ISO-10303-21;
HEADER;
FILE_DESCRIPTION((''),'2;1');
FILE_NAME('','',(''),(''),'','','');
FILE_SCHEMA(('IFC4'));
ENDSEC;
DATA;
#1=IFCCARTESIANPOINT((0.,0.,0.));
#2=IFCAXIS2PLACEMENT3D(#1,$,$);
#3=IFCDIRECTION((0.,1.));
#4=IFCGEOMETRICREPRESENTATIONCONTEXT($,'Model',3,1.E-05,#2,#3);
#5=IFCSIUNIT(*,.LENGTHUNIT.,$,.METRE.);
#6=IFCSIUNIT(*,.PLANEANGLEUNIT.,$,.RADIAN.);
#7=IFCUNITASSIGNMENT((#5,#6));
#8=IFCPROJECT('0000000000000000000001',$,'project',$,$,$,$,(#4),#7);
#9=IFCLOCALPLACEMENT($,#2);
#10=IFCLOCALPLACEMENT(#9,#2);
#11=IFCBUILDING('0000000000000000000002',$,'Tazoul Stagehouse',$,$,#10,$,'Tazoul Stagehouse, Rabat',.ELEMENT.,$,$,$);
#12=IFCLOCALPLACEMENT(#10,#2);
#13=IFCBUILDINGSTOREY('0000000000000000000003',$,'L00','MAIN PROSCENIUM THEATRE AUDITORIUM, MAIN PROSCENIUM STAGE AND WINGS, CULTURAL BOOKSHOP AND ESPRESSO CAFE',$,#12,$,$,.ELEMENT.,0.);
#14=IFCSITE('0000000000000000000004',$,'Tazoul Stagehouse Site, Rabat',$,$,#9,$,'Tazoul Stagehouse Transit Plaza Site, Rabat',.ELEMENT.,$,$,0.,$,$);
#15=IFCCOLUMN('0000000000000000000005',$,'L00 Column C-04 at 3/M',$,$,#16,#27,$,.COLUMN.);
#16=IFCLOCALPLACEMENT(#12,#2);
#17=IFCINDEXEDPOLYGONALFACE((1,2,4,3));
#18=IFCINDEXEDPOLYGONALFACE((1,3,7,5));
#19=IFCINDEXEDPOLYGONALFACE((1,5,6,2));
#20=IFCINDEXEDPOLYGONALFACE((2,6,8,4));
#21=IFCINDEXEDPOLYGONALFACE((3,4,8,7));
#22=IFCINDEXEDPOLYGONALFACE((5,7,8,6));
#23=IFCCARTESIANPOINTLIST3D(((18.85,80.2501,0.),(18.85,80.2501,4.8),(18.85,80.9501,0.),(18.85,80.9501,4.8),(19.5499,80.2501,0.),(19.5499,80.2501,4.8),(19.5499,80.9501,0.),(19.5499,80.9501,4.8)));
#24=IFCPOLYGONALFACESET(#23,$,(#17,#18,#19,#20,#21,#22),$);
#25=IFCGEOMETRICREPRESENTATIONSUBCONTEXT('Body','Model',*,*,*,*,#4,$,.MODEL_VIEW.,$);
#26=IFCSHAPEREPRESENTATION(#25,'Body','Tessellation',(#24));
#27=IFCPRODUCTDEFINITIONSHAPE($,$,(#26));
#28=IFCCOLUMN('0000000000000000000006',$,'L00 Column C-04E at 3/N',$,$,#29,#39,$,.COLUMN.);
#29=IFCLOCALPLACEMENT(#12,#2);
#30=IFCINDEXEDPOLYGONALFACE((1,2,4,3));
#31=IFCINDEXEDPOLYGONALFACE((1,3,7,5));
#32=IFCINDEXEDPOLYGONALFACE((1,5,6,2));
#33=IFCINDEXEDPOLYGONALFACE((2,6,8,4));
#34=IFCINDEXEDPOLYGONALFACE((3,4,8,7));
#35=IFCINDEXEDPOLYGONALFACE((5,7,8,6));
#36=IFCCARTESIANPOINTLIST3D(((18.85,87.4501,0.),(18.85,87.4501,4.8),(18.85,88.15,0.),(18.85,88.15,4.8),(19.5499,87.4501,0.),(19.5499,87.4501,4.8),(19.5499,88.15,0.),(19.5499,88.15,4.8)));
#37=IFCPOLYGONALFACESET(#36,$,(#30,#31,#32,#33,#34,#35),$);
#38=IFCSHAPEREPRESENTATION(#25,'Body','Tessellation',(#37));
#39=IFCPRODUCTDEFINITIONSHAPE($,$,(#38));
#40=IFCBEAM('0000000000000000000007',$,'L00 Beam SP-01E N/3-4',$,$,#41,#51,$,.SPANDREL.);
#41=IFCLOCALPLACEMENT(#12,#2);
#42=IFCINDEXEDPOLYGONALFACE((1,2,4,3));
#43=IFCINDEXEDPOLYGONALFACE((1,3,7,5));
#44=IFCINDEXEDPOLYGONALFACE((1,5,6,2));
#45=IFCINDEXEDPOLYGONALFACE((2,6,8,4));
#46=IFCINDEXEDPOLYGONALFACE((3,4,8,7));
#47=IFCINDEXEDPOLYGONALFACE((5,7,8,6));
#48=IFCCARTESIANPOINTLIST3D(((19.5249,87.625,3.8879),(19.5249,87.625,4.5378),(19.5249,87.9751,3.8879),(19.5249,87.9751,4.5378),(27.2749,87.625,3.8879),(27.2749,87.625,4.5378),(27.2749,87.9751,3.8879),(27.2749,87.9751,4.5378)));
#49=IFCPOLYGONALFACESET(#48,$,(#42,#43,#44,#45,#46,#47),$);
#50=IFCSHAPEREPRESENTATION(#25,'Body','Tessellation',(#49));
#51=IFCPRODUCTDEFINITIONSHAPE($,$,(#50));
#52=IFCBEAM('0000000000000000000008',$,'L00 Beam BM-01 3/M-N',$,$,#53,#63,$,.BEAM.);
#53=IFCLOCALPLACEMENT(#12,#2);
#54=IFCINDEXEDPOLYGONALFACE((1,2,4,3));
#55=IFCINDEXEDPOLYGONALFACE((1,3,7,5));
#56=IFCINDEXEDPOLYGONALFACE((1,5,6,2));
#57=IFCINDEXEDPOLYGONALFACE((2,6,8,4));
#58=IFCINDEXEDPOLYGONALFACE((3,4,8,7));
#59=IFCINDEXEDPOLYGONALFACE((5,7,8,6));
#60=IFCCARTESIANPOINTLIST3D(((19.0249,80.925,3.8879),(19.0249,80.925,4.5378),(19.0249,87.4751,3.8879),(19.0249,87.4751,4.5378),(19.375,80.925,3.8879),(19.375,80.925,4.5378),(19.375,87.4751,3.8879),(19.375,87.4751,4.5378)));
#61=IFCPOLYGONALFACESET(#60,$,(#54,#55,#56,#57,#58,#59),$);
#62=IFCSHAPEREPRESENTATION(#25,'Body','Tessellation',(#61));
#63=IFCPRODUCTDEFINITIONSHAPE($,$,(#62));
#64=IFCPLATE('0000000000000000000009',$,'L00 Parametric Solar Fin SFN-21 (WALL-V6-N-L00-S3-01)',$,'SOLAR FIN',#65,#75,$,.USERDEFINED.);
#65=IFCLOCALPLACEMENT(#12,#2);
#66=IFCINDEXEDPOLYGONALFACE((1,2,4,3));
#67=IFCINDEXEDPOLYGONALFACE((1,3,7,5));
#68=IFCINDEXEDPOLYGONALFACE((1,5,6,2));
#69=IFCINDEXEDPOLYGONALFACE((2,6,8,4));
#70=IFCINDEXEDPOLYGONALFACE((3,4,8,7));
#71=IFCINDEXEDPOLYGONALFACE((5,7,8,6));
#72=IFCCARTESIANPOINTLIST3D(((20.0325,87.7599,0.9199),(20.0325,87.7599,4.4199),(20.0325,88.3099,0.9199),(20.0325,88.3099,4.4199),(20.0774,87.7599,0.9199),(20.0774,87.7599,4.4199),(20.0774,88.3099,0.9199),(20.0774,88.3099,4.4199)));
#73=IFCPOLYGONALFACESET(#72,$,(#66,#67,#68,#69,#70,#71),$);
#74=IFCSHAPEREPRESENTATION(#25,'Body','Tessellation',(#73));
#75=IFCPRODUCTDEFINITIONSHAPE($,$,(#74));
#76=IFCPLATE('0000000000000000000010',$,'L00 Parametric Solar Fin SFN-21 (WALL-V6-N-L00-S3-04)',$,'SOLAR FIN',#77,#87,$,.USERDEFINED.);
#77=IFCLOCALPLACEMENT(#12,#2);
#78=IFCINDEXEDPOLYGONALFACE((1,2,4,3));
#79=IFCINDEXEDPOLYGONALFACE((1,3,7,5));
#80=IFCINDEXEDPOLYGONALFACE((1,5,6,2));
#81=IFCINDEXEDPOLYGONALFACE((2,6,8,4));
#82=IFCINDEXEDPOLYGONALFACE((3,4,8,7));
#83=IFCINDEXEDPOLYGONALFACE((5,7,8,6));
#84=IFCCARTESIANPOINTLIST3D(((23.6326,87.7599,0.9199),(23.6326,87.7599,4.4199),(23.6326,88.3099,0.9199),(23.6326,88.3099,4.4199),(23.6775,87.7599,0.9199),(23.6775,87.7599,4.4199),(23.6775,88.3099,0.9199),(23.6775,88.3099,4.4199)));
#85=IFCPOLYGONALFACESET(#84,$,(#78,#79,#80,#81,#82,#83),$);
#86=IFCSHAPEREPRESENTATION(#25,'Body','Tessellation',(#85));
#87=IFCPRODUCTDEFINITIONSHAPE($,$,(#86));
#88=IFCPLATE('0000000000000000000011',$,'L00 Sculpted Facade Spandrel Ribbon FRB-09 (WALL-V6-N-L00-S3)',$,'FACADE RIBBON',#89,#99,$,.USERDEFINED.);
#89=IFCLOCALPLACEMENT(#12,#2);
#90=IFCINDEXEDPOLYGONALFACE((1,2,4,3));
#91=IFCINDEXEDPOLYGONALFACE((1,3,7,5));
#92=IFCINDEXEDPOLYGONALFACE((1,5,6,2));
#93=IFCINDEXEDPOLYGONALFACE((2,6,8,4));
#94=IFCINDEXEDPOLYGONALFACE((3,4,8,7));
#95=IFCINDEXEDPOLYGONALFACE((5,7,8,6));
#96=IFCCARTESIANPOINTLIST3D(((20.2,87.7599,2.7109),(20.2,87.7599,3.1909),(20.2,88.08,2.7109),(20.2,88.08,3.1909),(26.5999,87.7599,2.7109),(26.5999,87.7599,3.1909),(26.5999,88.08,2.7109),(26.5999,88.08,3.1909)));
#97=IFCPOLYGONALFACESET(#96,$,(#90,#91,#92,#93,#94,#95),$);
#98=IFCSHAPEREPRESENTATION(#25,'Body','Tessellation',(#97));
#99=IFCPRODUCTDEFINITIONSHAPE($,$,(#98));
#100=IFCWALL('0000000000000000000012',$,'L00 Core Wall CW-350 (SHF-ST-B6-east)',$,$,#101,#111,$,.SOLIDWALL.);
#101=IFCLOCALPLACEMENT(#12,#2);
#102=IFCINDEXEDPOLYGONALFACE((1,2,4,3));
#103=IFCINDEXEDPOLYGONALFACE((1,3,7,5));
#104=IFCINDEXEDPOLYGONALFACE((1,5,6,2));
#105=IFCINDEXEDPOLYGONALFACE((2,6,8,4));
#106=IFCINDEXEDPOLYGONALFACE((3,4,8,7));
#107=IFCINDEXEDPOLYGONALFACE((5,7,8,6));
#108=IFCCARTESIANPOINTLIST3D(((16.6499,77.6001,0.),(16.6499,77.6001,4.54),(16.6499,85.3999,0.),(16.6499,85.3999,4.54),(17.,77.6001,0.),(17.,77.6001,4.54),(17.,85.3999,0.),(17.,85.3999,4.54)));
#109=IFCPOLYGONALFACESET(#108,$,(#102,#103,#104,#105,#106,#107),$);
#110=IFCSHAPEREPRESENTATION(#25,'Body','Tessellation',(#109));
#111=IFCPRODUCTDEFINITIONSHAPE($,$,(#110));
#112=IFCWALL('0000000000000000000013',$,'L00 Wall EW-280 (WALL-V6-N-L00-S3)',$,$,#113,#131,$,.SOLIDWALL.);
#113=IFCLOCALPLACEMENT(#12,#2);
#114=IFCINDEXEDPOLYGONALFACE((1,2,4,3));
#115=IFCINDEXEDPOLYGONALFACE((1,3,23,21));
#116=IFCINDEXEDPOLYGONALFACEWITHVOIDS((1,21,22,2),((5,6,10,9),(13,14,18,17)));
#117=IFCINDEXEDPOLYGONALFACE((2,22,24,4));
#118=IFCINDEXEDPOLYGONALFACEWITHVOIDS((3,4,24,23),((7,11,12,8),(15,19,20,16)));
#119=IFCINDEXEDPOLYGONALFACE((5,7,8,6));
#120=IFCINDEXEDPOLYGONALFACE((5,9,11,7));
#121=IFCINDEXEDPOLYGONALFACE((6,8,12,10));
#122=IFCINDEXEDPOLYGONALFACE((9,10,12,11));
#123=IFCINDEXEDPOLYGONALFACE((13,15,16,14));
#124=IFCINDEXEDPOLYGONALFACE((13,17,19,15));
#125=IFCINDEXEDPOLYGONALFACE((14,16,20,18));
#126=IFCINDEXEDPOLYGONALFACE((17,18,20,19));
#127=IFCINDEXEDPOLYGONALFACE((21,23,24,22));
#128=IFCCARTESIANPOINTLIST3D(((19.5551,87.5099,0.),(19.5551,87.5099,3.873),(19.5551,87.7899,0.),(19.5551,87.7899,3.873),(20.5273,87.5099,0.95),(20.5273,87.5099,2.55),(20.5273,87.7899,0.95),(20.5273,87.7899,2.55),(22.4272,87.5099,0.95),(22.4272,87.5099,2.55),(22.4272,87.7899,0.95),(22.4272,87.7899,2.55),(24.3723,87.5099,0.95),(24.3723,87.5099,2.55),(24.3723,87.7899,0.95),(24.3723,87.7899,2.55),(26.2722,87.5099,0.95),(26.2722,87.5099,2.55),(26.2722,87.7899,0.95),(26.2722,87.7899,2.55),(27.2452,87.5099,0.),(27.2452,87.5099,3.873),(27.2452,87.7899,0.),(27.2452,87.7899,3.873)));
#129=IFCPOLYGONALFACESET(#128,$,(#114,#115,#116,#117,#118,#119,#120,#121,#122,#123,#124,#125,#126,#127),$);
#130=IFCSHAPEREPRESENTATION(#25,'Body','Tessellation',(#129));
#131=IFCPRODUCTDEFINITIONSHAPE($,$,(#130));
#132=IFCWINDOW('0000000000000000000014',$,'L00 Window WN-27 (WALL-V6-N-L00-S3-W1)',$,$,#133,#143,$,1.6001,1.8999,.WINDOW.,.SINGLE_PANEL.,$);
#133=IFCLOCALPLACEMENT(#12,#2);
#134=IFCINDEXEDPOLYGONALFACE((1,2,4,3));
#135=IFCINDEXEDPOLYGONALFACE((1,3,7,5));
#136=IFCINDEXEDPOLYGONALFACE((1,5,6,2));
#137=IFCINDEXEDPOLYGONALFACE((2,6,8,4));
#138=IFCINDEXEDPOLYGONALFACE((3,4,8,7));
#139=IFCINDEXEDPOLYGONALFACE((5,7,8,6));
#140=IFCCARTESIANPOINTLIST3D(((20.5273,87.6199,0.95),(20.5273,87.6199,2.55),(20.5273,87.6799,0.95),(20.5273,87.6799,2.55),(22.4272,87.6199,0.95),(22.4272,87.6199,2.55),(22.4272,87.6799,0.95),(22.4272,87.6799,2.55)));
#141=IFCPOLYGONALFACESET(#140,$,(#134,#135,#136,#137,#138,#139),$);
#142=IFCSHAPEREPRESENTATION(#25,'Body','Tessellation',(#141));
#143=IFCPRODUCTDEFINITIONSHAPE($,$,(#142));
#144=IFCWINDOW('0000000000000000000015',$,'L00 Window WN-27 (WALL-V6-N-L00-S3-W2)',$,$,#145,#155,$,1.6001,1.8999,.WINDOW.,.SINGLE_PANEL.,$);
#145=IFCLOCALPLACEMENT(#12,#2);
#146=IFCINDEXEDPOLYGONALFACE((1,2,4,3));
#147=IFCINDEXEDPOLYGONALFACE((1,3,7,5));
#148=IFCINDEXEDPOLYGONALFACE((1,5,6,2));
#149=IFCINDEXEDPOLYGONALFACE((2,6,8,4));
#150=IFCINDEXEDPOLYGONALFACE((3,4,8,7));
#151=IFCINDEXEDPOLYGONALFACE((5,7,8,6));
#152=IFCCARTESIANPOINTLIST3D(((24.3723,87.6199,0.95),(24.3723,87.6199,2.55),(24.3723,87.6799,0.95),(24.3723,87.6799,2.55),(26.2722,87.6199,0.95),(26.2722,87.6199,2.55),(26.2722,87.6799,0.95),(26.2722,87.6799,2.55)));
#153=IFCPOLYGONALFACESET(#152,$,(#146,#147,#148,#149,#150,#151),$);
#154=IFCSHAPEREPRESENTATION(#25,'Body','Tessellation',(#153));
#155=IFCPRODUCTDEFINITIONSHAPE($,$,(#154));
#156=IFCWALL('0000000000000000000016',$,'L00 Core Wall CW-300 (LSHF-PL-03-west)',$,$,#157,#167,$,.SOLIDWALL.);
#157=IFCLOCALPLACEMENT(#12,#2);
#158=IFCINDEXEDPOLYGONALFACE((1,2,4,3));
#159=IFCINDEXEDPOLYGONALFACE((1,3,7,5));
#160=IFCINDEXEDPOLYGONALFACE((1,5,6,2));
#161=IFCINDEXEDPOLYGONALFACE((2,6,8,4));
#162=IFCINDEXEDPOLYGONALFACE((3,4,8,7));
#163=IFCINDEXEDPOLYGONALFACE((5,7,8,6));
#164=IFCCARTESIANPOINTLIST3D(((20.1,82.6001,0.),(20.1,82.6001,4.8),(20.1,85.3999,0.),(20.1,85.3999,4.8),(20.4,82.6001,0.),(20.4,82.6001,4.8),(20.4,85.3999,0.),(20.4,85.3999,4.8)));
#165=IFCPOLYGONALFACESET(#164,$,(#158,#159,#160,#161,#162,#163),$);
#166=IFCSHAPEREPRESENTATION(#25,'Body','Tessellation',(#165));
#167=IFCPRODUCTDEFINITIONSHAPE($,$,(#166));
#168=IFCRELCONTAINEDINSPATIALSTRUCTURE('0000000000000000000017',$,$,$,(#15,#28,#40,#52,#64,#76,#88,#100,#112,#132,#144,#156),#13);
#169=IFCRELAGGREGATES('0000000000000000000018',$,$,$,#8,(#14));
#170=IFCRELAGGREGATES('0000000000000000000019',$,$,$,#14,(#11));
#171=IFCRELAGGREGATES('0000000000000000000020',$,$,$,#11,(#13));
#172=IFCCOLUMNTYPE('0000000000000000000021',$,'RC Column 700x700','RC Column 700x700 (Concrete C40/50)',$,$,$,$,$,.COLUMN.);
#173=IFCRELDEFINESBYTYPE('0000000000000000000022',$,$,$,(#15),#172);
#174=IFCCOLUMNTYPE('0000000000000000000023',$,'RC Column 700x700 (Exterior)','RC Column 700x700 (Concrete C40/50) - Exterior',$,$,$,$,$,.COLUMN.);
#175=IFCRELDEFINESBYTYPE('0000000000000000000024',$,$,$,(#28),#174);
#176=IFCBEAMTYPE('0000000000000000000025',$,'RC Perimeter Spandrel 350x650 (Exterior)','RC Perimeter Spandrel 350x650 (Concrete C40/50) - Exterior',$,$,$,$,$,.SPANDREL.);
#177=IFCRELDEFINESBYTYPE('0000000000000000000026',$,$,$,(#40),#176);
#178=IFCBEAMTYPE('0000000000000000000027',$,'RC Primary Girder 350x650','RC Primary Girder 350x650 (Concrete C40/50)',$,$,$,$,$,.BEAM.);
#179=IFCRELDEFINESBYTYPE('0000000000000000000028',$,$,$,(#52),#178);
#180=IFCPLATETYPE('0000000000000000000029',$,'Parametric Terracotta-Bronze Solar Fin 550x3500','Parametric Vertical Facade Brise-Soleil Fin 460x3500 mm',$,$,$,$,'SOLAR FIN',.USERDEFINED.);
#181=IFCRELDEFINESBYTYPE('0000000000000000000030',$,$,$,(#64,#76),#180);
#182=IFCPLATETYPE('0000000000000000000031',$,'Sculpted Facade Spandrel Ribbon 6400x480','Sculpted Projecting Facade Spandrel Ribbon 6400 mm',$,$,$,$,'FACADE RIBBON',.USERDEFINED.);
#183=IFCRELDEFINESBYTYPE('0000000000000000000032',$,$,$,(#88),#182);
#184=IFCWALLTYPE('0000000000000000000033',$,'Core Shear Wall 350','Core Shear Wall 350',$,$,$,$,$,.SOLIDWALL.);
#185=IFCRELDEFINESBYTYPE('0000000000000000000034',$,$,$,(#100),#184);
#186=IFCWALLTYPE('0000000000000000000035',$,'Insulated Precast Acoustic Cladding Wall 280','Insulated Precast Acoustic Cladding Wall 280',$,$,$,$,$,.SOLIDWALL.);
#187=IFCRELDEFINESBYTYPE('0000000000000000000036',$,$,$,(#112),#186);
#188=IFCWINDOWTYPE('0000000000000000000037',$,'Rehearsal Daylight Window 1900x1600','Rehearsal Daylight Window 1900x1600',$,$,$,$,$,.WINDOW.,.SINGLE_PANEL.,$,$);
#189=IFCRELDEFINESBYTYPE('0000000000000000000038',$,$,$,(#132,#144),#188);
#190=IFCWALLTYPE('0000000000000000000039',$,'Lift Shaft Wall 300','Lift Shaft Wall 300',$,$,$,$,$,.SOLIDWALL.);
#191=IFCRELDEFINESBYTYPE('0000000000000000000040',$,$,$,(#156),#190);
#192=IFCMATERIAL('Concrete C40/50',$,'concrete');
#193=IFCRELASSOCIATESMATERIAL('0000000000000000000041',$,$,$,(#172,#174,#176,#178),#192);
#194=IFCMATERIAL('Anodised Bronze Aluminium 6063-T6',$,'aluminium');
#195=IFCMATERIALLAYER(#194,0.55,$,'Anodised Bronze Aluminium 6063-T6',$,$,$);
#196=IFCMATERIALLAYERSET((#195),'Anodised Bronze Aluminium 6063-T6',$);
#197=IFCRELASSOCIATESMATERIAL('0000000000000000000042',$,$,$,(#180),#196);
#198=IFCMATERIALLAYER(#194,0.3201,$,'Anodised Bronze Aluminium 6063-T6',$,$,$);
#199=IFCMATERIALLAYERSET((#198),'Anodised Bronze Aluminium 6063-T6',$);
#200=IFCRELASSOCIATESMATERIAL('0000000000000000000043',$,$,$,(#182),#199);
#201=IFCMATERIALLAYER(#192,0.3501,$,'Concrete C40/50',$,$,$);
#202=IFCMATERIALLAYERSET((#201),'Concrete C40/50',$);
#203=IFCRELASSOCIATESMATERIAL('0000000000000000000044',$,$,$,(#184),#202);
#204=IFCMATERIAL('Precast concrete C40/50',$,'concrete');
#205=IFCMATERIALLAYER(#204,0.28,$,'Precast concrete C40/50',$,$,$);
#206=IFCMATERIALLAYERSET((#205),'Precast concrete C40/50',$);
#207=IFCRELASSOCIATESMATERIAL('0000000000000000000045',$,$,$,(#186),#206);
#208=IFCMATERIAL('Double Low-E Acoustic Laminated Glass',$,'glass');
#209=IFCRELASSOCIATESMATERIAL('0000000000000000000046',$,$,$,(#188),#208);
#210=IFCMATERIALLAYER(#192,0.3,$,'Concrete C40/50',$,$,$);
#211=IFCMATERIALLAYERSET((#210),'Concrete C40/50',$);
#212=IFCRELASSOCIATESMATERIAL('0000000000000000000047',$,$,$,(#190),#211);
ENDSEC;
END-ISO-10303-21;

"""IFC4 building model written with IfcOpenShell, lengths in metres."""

from ifc_helpers import new_model, si_unit, direction, frame, frame_2d, origin, origin_2d, place, context, subcontext, project, spatial, rectangle, extrude, material, layer, layer_set, material_profile, profile_set, type_object, element, fill, save


model = new_model("IFC4")

# Units and contexts
model_context = context("Model", 3, precision=1e-05, world=origin(), true_north=direction((0.0, 1.0)))
body_context = subcontext(model_context, "Body", "Model", "MODEL_VIEW")
ifc_project = project(units=[si_unit("LENGTHUNIT", "METRE"), si_unit("PLANEANGLEUNIT", "RADIAN")], contexts=[model_context])

# Site, building, storey
site_placement = place(None, origin())
site = spatial("IfcSite", under=ifc_project, at=site_placement, Name="Tazoul Stagehouse Site, Rabat", LongName="Tazoul Stagehouse Transit Plaza Site, Rabat", CompositionType="ELEMENT", RefElevation=0.0)
building_placement = place(site_placement, origin())
building = spatial("IfcBuilding", under=site, at=building_placement, Name="Tazoul Stagehouse", LongName="Tazoul Stagehouse, Rabat", CompositionType="ELEMENT")
storey_placement = place(building_placement, origin())
storey = spatial("IfcBuildingStorey", under=building, at=storey_placement, Name="L00", Description="MAIN PROSCENIUM THEATRE AUDITORIUM, MAIN PROSCENIUM STAGE AND WINGS, CULTURAL BOOKSHOP AND ESPRESSO CAFE", CompositionType="ELEMENT", Elevation=0.0)

# Columns
ifc_material_1 = material(Name="Concrete C40/50", Category="concrete")
ifc_material_profile_1 = material_profile(ifc_material_1, rectangle(XDim=0.7, YDim=0.7, at=origin_2d()), Name="RC 700x700")
ifc_profile_set_1 = profile_set([ifc_material_profile_1], Name="Concrete C40/50")
column_type_1 = type_object("IfcColumnType", Name="RC Column 700x700", Description="RC Column 700x700 (Concrete C40/50)", PredefinedType="COLUMN", material=ifc_profile_set_1)
column_1_placement = place(storey_placement, frame((19.2, 80.6001, 0.0), z_axis=(0.0, 0.0, 1.0), x_axis=(1.0, 0.0, 0.0)))
element("IfcColumn", 1, at=column_1_placement, inside=storey, type_object=column_type_1, Name="L00 Column C-04 at 3/M", PredefinedType="COLUMN", context=body_context, shape_type="SweptSolid", body=[
    extrude(rectangle(XDim=0.7, YDim=0.7, at=origin_2d()), origin(), (0.0, 0.0, 1.0), 4.8),
])
ifc_material_profile_2 = material_profile(ifc_material_1, rectangle(XDim=0.7, YDim=0.7, at=origin_2d()), Name="RC 700x700")
ifc_profile_set_2 = profile_set([ifc_material_profile_2], Name="Concrete C40/50")
column_type_2 = type_object("IfcColumnType", Name="RC Column 700x700 (Exterior)", Description="RC Column 700x700 (Concrete C40/50) - Exterior", PredefinedType="COLUMN", material=ifc_profile_set_2)
column_2_placement = place(storey_placement, frame((19.2, 87.8, 0.0), z_axis=(0.0, 0.0, 1.0), x_axis=(1.0, 0.0, 0.0)))
element("IfcColumn", 2, at=column_2_placement, inside=storey, type_object=column_type_2, Name="L00 Column C-04E at 3/N", PredefinedType="COLUMN", context=body_context, shape_type="SweptSolid", body=[
    extrude(rectangle(XDim=0.7, YDim=0.7, at=origin_2d()), origin(), (0.0, 0.0, 1.0), 4.8),
])

# Beams
ifc_material_profile_3 = material_profile(ifc_material_1, rectangle(XDim=0.3501, YDim=0.6499, at=origin_2d()), Name="RC 350x650")
ifc_profile_set_3 = profile_set([ifc_material_profile_3], Name="Concrete C40/50")
beam_type_1 = type_object("IfcBeamType", Name="RC Perimeter Spandrel 350x650 (Exterior)", Description="RC Perimeter Spandrel 350x650 (Concrete C40/50) - Exterior", PredefinedType="SPANDREL", material=ifc_profile_set_3)
beam_1_placement = place(storey_placement, frame((19.5249, 87.8, 4.2129), z_axis=(1.0, 0.0, 0.0), x_axis=(0.0, 1.0, 0.0)))
element("IfcBeam", 3, at=beam_1_placement, inside=storey, type_object=beam_type_1, Name="L00 Beam SP-01E N/3-4", PredefinedType="SPANDREL", context=body_context, shape_type="SweptSolid", body=[
    extrude(rectangle(XDim=0.3501, YDim=0.6499, at=origin_2d()), origin(), (0.0, 0.0, 1.0), 7.75),
])
ifc_material_profile_4 = material_profile(ifc_material_1, rectangle(XDim=0.3501, YDim=0.6499, at=origin_2d()), Name="RC 350x650")
ifc_profile_set_4 = profile_set([ifc_material_profile_4], Name="Concrete C40/50")
beam_type_2 = type_object("IfcBeamType", Name="RC Primary Girder 350x650", Description="RC Primary Girder 350x650 (Concrete C40/50)", PredefinedType="BEAM", material=ifc_profile_set_4)
beam_2_placement = place(storey_placement, frame((19.2, 80.925, 4.2129), z_axis=(0.0, 1.0, 0.0), x_axis=(-1.0, 0.0, 0.0)))
element("IfcBeam", 4, at=beam_2_placement, inside=storey, type_object=beam_type_2, Name="L00 Beam BM-01 3/M-N", PredefinedType="BEAM", context=body_context, shape_type="SweptSolid", body=[
    extrude(rectangle(XDim=0.3501, YDim=0.6499, at=origin_2d()), origin(), (0.0, 0.0, 1.0), 6.55),
])

# Plates
ifc_material_2 = material(Name="Anodised Bronze Aluminium 6063-T6", Category="aluminium")
ifc_layer_1 = layer(ifc_material_2, 0.55, Name="Anodised Bronze Aluminium 6063-T6")
ifc_layer_set_1 = layer_set([ifc_layer_1], Name="Anodised Bronze Aluminium 6063-T6")
plate_type_1 = type_object("IfcPlateType", Name="Parametric Terracotta-Bronze Solar Fin 550x3500", Description="Parametric Vertical Facade Brise-Soleil Fin 460x3500 mm", ElementType="SOLAR FIN", PredefinedType="USERDEFINED", material=ifc_layer_set_1)
for number, where, z_axis, x_axis, name in (
    (5, (20.0549, 88.0349, 0.9199), (0.0, 0.0, 1.0), (1.0, 0.0, 0.0), "L00 Parametric Solar Fin SFN-21 (WALL-V6-N-L00-S3-01)"),
    (6, (23.655, 88.0349, 0.9199), (0.0, 0.0, 1.0), (1.0, 0.0, 0.0), "L00 Parametric Solar Fin SFN-21 (WALL-V6-N-L00-S3-04)"),
):
    element("IfcPlate", number, at=place(storey_placement, frame(where, z_axis=z_axis, x_axis=x_axis)), inside=storey, type_object=plate_type_1, Name=name, ObjectType="SOLAR FIN", PredefinedType="USERDEFINED", context=body_context, shape_type="SweptSolid", body=[
        extrude(rectangle(XDim=0.0449, YDim=0.55, at=origin_2d()), origin(), (0.0, 0.0, 1.0), 3.5),
    ])
ifc_layer_2 = layer(ifc_material_2, 0.3201, Name="Anodised Bronze Aluminium 6063-T6")
ifc_layer_set_2 = layer_set([ifc_layer_2], Name="Anodised Bronze Aluminium 6063-T6")
plate_type_2 = type_object("IfcPlateType", Name="Sculpted Facade Spandrel Ribbon 6400x480", Description="Sculpted Projecting Facade Spandrel Ribbon 6400 mm", ElementType="FACADE RIBBON", PredefinedType="USERDEFINED", material=ifc_layer_set_2)
plate_placement = place(storey_placement, frame((23.3999, 87.9199, 2.7109), z_axis=(0.0, 0.0, 1.0), x_axis=(1.0, 0.0, 0.0)))
element("IfcPlate", 7, at=plate_placement, inside=storey, type_object=plate_type_2, Name="L00 Sculpted Facade Spandrel Ribbon FRB-09 (WALL-V6-N-L00-S3)", ObjectType="FACADE RIBBON", PredefinedType="USERDEFINED", context=body_context, shape_type="SweptSolid", body=[
    extrude(rectangle(XDim=6.3999, YDim=0.3201, at=origin_2d()), origin(), (0.0, 0.0, 1.0), 0.48),
])

# Shared definitions
ifc_layer_3 = layer(ifc_material_1, 0.3501, Name="Concrete C40/50")
ifc_layer_set_3 = layer_set([ifc_layer_3], Name="Concrete C40/50")
wall_type_1 = type_object("IfcWallType", Name="Core Shear Wall 350", Description="Core Shear Wall 350", PredefinedType="SOLIDWALL", material=ifc_layer_set_3)

# Wall
wall_1_placement = place(storey_placement, frame((16.825, 85.3999, 0.0), z_axis=(0.0, 0.0, 1.0), x_axis=(0.0, -1.0, 0.0)))
element("IfcWall", 8, at=wall_1_placement, inside=storey, type_object=wall_type_1, Name="L00 Core Wall CW-350 (SHF-ST-B6-east)", PredefinedType="SOLIDWALL", context=body_context, shape_type="SweptSolid", body=[
    extrude(rectangle(XDim=7.7998, YDim=0.3501, at=frame_2d((3.8999, 0.0))), origin(), (0.0, 0.0, 1.0), 4.54),
])

# Wall, openings, windows
ifc_material_3 = material(Name="Precast concrete C40/50", Category="concrete")
ifc_layer_4 = layer(ifc_material_3, 0.28, Name="Precast concrete C40/50")
ifc_layer_set_4 = layer_set([ifc_layer_4], Name="Precast concrete C40/50")
wall_type_2 = type_object("IfcWallType", Name="Insulated Precast Acoustic Cladding Wall 280", Description="Insulated Precast Acoustic Cladding Wall 280", PredefinedType="SOLIDWALL", material=ifc_layer_set_4)
wall_2_placement = place(storey_placement, frame((19.5549, 87.6499, 0.0), z_axis=(0.0, 0.0, 1.0), x_axis=(1.0, 0.0, 0.0)))
wall_2 = element("IfcWall", 9, at=wall_2_placement, inside=storey, type_object=wall_type_2, Name="L00 Wall EW-280 (WALL-V6-N-L00-S3)", PredefinedType="SOLIDWALL", context=body_context, shape_type="SweptSolid", body=[
    extrude(rectangle(XDim=7.6902, YDim=0.28, at=frame_2d((3.8452, 0.0))), origin(), (0.0, 0.0, 1.0), 3.873),
])
opening_1_placement = place(wall_2_placement, frame((0.9724, 0.0, 0.95)))
opening_1 = element("IfcOpeningElement", 10, at=opening_1_placement, cuts=wall_2, PredefinedType="OPENING", context=body_context, shape_type="SweptSolid", body=[
    extrude(rectangle(XDim=1.8999, YDim=1.6001, at=frame_2d((0.95, 0.8))), frame((0.0, 0.1599, 0.0), z_axis=(0.0, -1.0, 0.0), x_axis=(1.0, 0.0, 0.0)), (0.0, 0.0, 1.0), 0.3201),
])
opening_2_placement = place(wall_2_placement, frame((4.8174, 0.0, 0.95)))
opening_2 = element("IfcOpeningElement", 11, at=opening_2_placement, cuts=wall_2, PredefinedType="OPENING", context=body_context, shape_type="SweptSolid", body=[
    extrude(rectangle(XDim=1.8999, YDim=1.6001, at=frame_2d((0.95, 0.8))), frame((0.0, 0.1599, 0.0), z_axis=(0.0, -1.0, 0.0), x_axis=(1.0, 0.0, 0.0)), (0.0, 0.0, 1.0), 0.3201),
])
ifc_material_4 = material(Name="Double Low-E Acoustic Laminated Glass", Category="glass")
window_type = type_object("IfcWindowType", Name="Rehearsal Daylight Window 1900x1600", Description="Rehearsal Daylight Window 1900x1600", PartitioningType="SINGLE_PANEL", PredefinedType="WINDOW", material=ifc_material_4)
window_1_placement = place(opening_1_placement, origin())
window_1 = element("IfcWindow", 12, at=window_1_placement, inside=storey, type_object=window_type, Name="L00 Window WN-27 (WALL-V6-N-L00-S3-W1)", OverallHeight=1.6001, OverallWidth=1.8999, PartitioningType="SINGLE_PANEL", PredefinedType="WINDOW", context=body_context, shape_type="SweptSolid", body=[
    extrude(rectangle(XDim=1.8999, YDim=1.6001, at=frame_2d((0.95, 0.8))), frame((0.0, 0.03, 0.0), z_axis=(0.0, -1.0, 0.0), x_axis=(1.0, 0.0, 0.0)), (0.0, 0.0, 1.0), 0.0601),
])
fill(opening_1, window_1)
window_2_placement = place(opening_2_placement, origin())
window_2 = element("IfcWindow", 13, at=window_2_placement, inside=storey, type_object=window_type, Name="L00 Window WN-27 (WALL-V6-N-L00-S3-W2)", OverallHeight=1.6001, OverallWidth=1.8999, PartitioningType="SINGLE_PANEL", PredefinedType="WINDOW", context=body_context, shape_type="SweptSolid", body=[
    extrude(rectangle(XDim=1.8999, YDim=1.6001, at=frame_2d((0.95, 0.8))), frame((0.0, 0.03, 0.0), z_axis=(0.0, -1.0, 0.0), x_axis=(1.0, 0.0, 0.0)), (0.0, 0.0, 1.0), 0.0601),
])
fill(opening_2, window_2)

# Shared definitions
ifc_layer_5 = layer(ifc_material_1, 0.3, Name="Concrete C40/50")
ifc_layer_set_5 = layer_set([ifc_layer_5], Name="Concrete C40/50")
wall_type_3 = type_object("IfcWallType", Name="Lift Shaft Wall 300", Description="Lift Shaft Wall 300", PredefinedType="SOLIDWALL", material=ifc_layer_set_5)

# Wall
for number, where, z_axis, x_axis, name in (
    (14, (20.25, 82.6001, 0.0), (0.0, 0.0, 1.0), (0.0, 1.0, 0.0), "L00 Core Wall CW-300 (LSHF-PL-03-west)"),
):
    element("IfcWall", number, at=place(storey_placement, frame(where, z_axis=z_axis, x_axis=x_axis)), inside=storey, type_object=wall_type_3, Name=name, PredefinedType="SOLIDWALL", context=body_context, shape_type="SweptSolid", body=[
        extrude(rectangle(XDim=2.7998, YDim=0.3, at=frame_2d((1.3999, 0.0))), origin(), (0.0, 0.0, 1.0), 4.8),
    ])

save(model, "model.ifc")
